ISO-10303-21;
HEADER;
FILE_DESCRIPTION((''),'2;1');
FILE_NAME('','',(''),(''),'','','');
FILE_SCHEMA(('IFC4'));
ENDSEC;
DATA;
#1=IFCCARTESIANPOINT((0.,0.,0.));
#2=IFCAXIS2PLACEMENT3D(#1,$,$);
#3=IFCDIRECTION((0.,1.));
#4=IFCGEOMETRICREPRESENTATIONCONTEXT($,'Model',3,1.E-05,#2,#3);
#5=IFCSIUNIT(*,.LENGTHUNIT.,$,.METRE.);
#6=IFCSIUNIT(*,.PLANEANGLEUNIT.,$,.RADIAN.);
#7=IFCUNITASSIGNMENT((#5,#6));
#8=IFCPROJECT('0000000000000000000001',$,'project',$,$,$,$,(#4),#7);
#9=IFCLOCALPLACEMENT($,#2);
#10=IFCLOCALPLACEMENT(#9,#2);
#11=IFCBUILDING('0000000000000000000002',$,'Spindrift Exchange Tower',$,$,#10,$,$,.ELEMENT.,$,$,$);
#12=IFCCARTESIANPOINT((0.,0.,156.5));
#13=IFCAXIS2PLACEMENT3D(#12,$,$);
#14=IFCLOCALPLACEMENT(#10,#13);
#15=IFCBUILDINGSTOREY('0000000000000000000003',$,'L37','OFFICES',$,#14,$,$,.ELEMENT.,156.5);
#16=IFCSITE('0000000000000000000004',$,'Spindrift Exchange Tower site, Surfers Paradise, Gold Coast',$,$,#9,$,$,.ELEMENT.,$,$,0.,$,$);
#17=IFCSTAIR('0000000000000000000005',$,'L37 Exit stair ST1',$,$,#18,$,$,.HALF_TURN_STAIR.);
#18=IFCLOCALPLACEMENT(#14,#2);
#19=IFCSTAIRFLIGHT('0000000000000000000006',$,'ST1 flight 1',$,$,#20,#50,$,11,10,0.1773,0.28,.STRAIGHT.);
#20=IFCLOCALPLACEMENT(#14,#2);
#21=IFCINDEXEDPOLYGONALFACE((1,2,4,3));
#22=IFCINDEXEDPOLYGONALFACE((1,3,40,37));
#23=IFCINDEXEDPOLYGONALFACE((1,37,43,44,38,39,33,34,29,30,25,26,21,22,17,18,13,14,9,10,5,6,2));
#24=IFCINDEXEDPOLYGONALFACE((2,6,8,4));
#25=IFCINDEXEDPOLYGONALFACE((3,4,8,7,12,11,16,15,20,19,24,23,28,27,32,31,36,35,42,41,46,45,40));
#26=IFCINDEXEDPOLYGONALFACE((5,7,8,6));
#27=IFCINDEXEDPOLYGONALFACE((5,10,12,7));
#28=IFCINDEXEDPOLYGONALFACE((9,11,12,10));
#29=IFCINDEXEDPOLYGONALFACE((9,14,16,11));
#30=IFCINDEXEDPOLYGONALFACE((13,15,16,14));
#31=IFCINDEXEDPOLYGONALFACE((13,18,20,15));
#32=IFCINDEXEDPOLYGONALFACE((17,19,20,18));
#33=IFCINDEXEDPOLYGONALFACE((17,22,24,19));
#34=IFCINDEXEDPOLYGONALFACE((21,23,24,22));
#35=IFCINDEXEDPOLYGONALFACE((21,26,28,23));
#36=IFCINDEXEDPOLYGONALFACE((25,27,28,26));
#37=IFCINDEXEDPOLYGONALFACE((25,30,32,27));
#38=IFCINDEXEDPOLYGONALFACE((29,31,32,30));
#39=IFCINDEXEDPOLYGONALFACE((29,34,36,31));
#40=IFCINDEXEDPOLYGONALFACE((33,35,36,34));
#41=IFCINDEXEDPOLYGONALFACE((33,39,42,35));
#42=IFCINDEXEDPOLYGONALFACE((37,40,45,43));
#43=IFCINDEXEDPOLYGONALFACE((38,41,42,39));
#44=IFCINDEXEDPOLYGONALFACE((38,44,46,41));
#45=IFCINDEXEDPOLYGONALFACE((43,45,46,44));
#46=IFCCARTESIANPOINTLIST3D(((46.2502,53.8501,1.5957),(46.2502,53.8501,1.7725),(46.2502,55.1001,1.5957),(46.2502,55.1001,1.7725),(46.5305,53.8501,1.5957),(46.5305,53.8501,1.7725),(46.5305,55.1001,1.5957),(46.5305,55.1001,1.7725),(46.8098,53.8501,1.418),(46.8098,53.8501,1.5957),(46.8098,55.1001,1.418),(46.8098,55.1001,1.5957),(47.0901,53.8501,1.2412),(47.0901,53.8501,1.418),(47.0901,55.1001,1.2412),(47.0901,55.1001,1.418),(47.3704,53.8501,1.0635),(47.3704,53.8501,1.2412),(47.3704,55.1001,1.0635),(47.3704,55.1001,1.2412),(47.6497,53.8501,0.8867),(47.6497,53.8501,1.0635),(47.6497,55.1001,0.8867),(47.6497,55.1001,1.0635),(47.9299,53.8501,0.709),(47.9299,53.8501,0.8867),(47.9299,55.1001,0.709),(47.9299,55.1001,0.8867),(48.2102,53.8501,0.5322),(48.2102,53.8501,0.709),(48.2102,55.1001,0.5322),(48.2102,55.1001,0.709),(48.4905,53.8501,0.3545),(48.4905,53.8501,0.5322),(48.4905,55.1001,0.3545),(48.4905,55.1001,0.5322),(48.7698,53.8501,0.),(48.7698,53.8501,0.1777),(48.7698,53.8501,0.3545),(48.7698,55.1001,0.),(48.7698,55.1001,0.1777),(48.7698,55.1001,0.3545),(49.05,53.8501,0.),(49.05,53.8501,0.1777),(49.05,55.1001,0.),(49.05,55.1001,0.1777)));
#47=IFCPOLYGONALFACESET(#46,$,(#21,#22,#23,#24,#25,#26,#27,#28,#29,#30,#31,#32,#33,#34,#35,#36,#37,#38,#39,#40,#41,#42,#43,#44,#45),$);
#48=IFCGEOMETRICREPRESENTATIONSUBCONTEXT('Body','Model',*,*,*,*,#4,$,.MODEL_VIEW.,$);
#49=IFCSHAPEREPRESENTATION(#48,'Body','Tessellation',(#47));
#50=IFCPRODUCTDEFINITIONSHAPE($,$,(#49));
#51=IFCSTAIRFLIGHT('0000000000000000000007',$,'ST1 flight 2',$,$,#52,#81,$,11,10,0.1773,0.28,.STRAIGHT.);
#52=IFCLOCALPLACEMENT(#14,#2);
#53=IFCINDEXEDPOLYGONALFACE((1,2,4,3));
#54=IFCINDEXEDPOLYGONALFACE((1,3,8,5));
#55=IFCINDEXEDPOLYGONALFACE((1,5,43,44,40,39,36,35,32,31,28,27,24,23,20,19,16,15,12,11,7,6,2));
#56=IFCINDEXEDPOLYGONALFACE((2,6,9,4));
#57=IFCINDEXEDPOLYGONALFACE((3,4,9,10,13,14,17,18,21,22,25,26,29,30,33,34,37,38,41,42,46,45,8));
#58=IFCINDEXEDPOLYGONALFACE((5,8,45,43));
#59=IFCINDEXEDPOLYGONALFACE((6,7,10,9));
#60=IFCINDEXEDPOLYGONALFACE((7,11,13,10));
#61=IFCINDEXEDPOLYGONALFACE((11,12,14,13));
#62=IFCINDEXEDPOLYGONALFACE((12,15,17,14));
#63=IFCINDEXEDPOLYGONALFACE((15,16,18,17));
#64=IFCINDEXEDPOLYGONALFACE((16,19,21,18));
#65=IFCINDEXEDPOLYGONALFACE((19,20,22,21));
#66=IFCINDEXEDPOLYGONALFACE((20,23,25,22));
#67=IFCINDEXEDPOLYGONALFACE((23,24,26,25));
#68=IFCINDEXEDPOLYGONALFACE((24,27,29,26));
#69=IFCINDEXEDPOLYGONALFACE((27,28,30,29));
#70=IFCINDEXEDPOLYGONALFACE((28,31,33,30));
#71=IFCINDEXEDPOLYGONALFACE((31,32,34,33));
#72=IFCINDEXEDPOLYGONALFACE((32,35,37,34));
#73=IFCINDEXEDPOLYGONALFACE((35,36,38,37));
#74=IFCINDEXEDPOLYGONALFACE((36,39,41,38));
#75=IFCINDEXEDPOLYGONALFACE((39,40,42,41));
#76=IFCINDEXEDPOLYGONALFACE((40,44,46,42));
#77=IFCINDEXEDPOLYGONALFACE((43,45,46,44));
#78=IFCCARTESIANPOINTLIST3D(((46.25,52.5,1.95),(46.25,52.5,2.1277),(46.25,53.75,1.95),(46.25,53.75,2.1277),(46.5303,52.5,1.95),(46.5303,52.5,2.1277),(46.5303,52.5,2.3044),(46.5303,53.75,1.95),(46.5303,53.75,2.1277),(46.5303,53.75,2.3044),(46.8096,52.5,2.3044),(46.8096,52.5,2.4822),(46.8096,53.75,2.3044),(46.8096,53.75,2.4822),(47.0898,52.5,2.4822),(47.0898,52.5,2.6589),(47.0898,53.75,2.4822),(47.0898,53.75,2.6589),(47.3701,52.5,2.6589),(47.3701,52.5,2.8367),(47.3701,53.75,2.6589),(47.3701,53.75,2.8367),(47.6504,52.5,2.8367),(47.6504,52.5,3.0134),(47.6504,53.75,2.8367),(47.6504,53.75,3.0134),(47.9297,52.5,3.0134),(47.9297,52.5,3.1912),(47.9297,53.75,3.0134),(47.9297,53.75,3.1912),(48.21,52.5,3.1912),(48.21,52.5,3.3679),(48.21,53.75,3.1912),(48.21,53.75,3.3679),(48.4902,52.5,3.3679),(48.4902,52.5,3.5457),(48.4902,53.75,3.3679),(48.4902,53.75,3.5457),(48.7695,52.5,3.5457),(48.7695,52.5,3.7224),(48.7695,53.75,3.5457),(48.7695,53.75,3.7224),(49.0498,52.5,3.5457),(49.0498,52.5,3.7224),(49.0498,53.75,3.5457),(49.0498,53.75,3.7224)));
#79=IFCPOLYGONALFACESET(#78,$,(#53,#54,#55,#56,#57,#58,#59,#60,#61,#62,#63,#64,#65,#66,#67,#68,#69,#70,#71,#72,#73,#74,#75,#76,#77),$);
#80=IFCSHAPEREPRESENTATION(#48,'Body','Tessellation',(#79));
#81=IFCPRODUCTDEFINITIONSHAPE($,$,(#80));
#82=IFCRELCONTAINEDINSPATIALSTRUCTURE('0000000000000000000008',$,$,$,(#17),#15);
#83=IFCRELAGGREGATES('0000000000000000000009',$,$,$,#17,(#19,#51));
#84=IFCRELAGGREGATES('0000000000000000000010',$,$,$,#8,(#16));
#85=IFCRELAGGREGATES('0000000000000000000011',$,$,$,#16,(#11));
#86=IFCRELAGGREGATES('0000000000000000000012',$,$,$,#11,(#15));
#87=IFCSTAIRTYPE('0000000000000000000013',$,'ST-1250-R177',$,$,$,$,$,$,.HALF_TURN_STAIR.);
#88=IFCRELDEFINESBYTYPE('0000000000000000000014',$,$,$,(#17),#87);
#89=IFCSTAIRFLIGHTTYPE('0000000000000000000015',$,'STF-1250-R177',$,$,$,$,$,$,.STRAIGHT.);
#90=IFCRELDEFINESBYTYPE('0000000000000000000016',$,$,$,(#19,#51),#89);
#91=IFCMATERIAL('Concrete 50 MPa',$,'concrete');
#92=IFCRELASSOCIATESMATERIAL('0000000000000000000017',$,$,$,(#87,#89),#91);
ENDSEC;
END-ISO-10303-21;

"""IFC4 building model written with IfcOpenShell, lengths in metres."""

from ifc_helpers import new_model, si_unit, direction, frame, origin, place, context, subcontext, project, spatial, line, indexed_curve, outline, extrude, material, type_object, element, aggregate, save


model = new_model("IFC4")

# Units and contexts
model_context = context("Model", 3, precision=1e-05, world=origin(), true_north=direction((0.0, 1.0)))
body_context = subcontext(model_context, "Body", "Model", "MODEL_VIEW")
ifc_project = project(units=[si_unit("LENGTHUNIT", "METRE"), si_unit("PLANEANGLEUNIT", "RADIAN")], contexts=[model_context])

# Site, building, storey
site_placement = place(None, origin())
site = spatial("IfcSite", under=ifc_project, at=site_placement, Name="Spindrift Exchange Tower site, Surfers Paradise, Gold Coast", CompositionType="ELEMENT", RefElevation=0.0)
building_placement = place(site_placement, origin())
building = spatial("IfcBuilding", under=site, at=building_placement, Name="Spindrift Exchange Tower", CompositionType="ELEMENT")
storey_placement = place(building_placement, frame((0.0, 0.0, 156.5)))
storey = spatial("IfcBuildingStorey", under=building, at=storey_placement, Name="L37", Description="OFFICES", CompositionType="ELEMENT", Elevation=156.5)

# Stair, stair flights
ifc_material_1 = material(Name="Concrete 50 MPa", Category="concrete")
stair_type = type_object("IfcStairType", Name="ST-1250-R177", PredefinedType="HALF_TURN_STAIR", material=ifc_material_1)
stair_placement = place(storey_placement, origin())
stair = element("IfcStair", 1, at=stair_placement, inside=storey, type_object=stair_type, Name="L37 Exit stair ST1", PredefinedType="HALF_TURN_STAIR")
stair_flight_type = type_object("IfcStairFlightType", Name="STF-1250-R177", PredefinedType="STRAIGHT", material=ifc_material_1)
stair_flight_1_placement = place(storey_placement, frame((49.05, 54.4751, 0.0), z_axis=(0.0, 0.0, 1.0), x_axis=(-1.0, 0.0, 0.0)))
stair_flight_1 = element("IfcStairFlight", 2, at=stair_flight_1_placement, type_object=stair_flight_type, Name="ST1 flight 1", NumberOfRisers=11, NumberOfTreads=10, PredefinedType="STRAIGHT", RiserHeight=0.1773, TreadLength=0.28, context=body_context, shape_type="SweptSolid", body=[
    extrude(outline(indexed_curve([(0.0, 0.0), (0.0, 0.1777), (0.2803, 0.1777), (0.2803, 0.3545), (0.5596, 0.3545), (0.5596, 0.5322), (0.8398, 0.5322), (0.8398, 0.709), (1.1201, 0.709), (1.1201, 0.8867), (1.4004, 0.8867), (1.4004, 1.0635), (1.6797, 1.0635), (1.6797, 1.2412), (1.96, 1.2412), (1.96, 1.418), (2.2402, 1.418), (2.2402, 1.5957), (2.5195, 1.5957), (2.5195, 1.7725), (2.7998, 1.7725), (2.7998, 1.9502), (2.7998, 1.5957), (0.2803, 0.0)], segments=[line(1, 2, 3, 4, 5, 6, 7, 8, 9, 10, 11, 12, 13, 14, 15, 16, 17, 18, 19, 20, 21, 22, 23, 24, 1)], self_intersect=False)), frame((0.0, 0.625, 0.0), z_axis=(0.0, -1.0, 0.0), x_axis=(1.0, 0.0, 0.0)), (0.0, 0.0, 1.0), 1.25),
])
stair_flight_2_placement = place(storey_placement, frame((46.25, 53.125, 1.95), z_axis=(0.0, 0.0, 1.0), x_axis=(1.0, 0.0, 0.0)))
stair_flight_2 = element("IfcStairFlight", 3, at=stair_flight_2_placement, type_object=stair_flight_type, Name="ST1 flight 2", NumberOfRisers=11, NumberOfTreads=10, PredefinedType="STRAIGHT", RiserHeight=0.1773, TreadLength=0.28, context=body_context, shape_type="SweptSolid", body=[
    extrude(outline(indexed_curve([(0.0, 0.0), (0.0, 0.1777), (0.2803, 0.1777), (0.2803, 0.3545), (0.5596, 0.3545), (0.5596, 0.5322), (0.8398, 0.5322), (0.8398, 0.709), (1.1201, 0.709), (1.1201, 0.8867), (1.4004, 0.8867), (1.4004, 1.0635), (1.6797, 1.0635), (1.6797, 1.2412), (1.96, 1.2412), (1.96, 1.418), (2.2402, 1.418), (2.2402, 1.5957), (2.5195, 1.5957), (2.5195, 1.7725), (2.7998, 1.7725), (2.7998, 1.9502), (2.7998, 1.5957), (0.2803, 0.0)], segments=[line(1, 2, 3, 4, 5, 6, 7, 8, 9, 10, 11, 12, 13, 14, 15, 16, 17, 18, 19, 20, 21, 22, 23, 24, 1)], self_intersect=False)), frame((0.0, 0.625, 0.0), z_axis=(0.0, -1.0, 0.0), x_axis=(1.0, 0.0, 0.0)), (0.0, 0.0, 1.0), 1.25),
])
aggregate(stair, [stair_flight_1, stair_flight_2])

save(model, "model.ifc")
